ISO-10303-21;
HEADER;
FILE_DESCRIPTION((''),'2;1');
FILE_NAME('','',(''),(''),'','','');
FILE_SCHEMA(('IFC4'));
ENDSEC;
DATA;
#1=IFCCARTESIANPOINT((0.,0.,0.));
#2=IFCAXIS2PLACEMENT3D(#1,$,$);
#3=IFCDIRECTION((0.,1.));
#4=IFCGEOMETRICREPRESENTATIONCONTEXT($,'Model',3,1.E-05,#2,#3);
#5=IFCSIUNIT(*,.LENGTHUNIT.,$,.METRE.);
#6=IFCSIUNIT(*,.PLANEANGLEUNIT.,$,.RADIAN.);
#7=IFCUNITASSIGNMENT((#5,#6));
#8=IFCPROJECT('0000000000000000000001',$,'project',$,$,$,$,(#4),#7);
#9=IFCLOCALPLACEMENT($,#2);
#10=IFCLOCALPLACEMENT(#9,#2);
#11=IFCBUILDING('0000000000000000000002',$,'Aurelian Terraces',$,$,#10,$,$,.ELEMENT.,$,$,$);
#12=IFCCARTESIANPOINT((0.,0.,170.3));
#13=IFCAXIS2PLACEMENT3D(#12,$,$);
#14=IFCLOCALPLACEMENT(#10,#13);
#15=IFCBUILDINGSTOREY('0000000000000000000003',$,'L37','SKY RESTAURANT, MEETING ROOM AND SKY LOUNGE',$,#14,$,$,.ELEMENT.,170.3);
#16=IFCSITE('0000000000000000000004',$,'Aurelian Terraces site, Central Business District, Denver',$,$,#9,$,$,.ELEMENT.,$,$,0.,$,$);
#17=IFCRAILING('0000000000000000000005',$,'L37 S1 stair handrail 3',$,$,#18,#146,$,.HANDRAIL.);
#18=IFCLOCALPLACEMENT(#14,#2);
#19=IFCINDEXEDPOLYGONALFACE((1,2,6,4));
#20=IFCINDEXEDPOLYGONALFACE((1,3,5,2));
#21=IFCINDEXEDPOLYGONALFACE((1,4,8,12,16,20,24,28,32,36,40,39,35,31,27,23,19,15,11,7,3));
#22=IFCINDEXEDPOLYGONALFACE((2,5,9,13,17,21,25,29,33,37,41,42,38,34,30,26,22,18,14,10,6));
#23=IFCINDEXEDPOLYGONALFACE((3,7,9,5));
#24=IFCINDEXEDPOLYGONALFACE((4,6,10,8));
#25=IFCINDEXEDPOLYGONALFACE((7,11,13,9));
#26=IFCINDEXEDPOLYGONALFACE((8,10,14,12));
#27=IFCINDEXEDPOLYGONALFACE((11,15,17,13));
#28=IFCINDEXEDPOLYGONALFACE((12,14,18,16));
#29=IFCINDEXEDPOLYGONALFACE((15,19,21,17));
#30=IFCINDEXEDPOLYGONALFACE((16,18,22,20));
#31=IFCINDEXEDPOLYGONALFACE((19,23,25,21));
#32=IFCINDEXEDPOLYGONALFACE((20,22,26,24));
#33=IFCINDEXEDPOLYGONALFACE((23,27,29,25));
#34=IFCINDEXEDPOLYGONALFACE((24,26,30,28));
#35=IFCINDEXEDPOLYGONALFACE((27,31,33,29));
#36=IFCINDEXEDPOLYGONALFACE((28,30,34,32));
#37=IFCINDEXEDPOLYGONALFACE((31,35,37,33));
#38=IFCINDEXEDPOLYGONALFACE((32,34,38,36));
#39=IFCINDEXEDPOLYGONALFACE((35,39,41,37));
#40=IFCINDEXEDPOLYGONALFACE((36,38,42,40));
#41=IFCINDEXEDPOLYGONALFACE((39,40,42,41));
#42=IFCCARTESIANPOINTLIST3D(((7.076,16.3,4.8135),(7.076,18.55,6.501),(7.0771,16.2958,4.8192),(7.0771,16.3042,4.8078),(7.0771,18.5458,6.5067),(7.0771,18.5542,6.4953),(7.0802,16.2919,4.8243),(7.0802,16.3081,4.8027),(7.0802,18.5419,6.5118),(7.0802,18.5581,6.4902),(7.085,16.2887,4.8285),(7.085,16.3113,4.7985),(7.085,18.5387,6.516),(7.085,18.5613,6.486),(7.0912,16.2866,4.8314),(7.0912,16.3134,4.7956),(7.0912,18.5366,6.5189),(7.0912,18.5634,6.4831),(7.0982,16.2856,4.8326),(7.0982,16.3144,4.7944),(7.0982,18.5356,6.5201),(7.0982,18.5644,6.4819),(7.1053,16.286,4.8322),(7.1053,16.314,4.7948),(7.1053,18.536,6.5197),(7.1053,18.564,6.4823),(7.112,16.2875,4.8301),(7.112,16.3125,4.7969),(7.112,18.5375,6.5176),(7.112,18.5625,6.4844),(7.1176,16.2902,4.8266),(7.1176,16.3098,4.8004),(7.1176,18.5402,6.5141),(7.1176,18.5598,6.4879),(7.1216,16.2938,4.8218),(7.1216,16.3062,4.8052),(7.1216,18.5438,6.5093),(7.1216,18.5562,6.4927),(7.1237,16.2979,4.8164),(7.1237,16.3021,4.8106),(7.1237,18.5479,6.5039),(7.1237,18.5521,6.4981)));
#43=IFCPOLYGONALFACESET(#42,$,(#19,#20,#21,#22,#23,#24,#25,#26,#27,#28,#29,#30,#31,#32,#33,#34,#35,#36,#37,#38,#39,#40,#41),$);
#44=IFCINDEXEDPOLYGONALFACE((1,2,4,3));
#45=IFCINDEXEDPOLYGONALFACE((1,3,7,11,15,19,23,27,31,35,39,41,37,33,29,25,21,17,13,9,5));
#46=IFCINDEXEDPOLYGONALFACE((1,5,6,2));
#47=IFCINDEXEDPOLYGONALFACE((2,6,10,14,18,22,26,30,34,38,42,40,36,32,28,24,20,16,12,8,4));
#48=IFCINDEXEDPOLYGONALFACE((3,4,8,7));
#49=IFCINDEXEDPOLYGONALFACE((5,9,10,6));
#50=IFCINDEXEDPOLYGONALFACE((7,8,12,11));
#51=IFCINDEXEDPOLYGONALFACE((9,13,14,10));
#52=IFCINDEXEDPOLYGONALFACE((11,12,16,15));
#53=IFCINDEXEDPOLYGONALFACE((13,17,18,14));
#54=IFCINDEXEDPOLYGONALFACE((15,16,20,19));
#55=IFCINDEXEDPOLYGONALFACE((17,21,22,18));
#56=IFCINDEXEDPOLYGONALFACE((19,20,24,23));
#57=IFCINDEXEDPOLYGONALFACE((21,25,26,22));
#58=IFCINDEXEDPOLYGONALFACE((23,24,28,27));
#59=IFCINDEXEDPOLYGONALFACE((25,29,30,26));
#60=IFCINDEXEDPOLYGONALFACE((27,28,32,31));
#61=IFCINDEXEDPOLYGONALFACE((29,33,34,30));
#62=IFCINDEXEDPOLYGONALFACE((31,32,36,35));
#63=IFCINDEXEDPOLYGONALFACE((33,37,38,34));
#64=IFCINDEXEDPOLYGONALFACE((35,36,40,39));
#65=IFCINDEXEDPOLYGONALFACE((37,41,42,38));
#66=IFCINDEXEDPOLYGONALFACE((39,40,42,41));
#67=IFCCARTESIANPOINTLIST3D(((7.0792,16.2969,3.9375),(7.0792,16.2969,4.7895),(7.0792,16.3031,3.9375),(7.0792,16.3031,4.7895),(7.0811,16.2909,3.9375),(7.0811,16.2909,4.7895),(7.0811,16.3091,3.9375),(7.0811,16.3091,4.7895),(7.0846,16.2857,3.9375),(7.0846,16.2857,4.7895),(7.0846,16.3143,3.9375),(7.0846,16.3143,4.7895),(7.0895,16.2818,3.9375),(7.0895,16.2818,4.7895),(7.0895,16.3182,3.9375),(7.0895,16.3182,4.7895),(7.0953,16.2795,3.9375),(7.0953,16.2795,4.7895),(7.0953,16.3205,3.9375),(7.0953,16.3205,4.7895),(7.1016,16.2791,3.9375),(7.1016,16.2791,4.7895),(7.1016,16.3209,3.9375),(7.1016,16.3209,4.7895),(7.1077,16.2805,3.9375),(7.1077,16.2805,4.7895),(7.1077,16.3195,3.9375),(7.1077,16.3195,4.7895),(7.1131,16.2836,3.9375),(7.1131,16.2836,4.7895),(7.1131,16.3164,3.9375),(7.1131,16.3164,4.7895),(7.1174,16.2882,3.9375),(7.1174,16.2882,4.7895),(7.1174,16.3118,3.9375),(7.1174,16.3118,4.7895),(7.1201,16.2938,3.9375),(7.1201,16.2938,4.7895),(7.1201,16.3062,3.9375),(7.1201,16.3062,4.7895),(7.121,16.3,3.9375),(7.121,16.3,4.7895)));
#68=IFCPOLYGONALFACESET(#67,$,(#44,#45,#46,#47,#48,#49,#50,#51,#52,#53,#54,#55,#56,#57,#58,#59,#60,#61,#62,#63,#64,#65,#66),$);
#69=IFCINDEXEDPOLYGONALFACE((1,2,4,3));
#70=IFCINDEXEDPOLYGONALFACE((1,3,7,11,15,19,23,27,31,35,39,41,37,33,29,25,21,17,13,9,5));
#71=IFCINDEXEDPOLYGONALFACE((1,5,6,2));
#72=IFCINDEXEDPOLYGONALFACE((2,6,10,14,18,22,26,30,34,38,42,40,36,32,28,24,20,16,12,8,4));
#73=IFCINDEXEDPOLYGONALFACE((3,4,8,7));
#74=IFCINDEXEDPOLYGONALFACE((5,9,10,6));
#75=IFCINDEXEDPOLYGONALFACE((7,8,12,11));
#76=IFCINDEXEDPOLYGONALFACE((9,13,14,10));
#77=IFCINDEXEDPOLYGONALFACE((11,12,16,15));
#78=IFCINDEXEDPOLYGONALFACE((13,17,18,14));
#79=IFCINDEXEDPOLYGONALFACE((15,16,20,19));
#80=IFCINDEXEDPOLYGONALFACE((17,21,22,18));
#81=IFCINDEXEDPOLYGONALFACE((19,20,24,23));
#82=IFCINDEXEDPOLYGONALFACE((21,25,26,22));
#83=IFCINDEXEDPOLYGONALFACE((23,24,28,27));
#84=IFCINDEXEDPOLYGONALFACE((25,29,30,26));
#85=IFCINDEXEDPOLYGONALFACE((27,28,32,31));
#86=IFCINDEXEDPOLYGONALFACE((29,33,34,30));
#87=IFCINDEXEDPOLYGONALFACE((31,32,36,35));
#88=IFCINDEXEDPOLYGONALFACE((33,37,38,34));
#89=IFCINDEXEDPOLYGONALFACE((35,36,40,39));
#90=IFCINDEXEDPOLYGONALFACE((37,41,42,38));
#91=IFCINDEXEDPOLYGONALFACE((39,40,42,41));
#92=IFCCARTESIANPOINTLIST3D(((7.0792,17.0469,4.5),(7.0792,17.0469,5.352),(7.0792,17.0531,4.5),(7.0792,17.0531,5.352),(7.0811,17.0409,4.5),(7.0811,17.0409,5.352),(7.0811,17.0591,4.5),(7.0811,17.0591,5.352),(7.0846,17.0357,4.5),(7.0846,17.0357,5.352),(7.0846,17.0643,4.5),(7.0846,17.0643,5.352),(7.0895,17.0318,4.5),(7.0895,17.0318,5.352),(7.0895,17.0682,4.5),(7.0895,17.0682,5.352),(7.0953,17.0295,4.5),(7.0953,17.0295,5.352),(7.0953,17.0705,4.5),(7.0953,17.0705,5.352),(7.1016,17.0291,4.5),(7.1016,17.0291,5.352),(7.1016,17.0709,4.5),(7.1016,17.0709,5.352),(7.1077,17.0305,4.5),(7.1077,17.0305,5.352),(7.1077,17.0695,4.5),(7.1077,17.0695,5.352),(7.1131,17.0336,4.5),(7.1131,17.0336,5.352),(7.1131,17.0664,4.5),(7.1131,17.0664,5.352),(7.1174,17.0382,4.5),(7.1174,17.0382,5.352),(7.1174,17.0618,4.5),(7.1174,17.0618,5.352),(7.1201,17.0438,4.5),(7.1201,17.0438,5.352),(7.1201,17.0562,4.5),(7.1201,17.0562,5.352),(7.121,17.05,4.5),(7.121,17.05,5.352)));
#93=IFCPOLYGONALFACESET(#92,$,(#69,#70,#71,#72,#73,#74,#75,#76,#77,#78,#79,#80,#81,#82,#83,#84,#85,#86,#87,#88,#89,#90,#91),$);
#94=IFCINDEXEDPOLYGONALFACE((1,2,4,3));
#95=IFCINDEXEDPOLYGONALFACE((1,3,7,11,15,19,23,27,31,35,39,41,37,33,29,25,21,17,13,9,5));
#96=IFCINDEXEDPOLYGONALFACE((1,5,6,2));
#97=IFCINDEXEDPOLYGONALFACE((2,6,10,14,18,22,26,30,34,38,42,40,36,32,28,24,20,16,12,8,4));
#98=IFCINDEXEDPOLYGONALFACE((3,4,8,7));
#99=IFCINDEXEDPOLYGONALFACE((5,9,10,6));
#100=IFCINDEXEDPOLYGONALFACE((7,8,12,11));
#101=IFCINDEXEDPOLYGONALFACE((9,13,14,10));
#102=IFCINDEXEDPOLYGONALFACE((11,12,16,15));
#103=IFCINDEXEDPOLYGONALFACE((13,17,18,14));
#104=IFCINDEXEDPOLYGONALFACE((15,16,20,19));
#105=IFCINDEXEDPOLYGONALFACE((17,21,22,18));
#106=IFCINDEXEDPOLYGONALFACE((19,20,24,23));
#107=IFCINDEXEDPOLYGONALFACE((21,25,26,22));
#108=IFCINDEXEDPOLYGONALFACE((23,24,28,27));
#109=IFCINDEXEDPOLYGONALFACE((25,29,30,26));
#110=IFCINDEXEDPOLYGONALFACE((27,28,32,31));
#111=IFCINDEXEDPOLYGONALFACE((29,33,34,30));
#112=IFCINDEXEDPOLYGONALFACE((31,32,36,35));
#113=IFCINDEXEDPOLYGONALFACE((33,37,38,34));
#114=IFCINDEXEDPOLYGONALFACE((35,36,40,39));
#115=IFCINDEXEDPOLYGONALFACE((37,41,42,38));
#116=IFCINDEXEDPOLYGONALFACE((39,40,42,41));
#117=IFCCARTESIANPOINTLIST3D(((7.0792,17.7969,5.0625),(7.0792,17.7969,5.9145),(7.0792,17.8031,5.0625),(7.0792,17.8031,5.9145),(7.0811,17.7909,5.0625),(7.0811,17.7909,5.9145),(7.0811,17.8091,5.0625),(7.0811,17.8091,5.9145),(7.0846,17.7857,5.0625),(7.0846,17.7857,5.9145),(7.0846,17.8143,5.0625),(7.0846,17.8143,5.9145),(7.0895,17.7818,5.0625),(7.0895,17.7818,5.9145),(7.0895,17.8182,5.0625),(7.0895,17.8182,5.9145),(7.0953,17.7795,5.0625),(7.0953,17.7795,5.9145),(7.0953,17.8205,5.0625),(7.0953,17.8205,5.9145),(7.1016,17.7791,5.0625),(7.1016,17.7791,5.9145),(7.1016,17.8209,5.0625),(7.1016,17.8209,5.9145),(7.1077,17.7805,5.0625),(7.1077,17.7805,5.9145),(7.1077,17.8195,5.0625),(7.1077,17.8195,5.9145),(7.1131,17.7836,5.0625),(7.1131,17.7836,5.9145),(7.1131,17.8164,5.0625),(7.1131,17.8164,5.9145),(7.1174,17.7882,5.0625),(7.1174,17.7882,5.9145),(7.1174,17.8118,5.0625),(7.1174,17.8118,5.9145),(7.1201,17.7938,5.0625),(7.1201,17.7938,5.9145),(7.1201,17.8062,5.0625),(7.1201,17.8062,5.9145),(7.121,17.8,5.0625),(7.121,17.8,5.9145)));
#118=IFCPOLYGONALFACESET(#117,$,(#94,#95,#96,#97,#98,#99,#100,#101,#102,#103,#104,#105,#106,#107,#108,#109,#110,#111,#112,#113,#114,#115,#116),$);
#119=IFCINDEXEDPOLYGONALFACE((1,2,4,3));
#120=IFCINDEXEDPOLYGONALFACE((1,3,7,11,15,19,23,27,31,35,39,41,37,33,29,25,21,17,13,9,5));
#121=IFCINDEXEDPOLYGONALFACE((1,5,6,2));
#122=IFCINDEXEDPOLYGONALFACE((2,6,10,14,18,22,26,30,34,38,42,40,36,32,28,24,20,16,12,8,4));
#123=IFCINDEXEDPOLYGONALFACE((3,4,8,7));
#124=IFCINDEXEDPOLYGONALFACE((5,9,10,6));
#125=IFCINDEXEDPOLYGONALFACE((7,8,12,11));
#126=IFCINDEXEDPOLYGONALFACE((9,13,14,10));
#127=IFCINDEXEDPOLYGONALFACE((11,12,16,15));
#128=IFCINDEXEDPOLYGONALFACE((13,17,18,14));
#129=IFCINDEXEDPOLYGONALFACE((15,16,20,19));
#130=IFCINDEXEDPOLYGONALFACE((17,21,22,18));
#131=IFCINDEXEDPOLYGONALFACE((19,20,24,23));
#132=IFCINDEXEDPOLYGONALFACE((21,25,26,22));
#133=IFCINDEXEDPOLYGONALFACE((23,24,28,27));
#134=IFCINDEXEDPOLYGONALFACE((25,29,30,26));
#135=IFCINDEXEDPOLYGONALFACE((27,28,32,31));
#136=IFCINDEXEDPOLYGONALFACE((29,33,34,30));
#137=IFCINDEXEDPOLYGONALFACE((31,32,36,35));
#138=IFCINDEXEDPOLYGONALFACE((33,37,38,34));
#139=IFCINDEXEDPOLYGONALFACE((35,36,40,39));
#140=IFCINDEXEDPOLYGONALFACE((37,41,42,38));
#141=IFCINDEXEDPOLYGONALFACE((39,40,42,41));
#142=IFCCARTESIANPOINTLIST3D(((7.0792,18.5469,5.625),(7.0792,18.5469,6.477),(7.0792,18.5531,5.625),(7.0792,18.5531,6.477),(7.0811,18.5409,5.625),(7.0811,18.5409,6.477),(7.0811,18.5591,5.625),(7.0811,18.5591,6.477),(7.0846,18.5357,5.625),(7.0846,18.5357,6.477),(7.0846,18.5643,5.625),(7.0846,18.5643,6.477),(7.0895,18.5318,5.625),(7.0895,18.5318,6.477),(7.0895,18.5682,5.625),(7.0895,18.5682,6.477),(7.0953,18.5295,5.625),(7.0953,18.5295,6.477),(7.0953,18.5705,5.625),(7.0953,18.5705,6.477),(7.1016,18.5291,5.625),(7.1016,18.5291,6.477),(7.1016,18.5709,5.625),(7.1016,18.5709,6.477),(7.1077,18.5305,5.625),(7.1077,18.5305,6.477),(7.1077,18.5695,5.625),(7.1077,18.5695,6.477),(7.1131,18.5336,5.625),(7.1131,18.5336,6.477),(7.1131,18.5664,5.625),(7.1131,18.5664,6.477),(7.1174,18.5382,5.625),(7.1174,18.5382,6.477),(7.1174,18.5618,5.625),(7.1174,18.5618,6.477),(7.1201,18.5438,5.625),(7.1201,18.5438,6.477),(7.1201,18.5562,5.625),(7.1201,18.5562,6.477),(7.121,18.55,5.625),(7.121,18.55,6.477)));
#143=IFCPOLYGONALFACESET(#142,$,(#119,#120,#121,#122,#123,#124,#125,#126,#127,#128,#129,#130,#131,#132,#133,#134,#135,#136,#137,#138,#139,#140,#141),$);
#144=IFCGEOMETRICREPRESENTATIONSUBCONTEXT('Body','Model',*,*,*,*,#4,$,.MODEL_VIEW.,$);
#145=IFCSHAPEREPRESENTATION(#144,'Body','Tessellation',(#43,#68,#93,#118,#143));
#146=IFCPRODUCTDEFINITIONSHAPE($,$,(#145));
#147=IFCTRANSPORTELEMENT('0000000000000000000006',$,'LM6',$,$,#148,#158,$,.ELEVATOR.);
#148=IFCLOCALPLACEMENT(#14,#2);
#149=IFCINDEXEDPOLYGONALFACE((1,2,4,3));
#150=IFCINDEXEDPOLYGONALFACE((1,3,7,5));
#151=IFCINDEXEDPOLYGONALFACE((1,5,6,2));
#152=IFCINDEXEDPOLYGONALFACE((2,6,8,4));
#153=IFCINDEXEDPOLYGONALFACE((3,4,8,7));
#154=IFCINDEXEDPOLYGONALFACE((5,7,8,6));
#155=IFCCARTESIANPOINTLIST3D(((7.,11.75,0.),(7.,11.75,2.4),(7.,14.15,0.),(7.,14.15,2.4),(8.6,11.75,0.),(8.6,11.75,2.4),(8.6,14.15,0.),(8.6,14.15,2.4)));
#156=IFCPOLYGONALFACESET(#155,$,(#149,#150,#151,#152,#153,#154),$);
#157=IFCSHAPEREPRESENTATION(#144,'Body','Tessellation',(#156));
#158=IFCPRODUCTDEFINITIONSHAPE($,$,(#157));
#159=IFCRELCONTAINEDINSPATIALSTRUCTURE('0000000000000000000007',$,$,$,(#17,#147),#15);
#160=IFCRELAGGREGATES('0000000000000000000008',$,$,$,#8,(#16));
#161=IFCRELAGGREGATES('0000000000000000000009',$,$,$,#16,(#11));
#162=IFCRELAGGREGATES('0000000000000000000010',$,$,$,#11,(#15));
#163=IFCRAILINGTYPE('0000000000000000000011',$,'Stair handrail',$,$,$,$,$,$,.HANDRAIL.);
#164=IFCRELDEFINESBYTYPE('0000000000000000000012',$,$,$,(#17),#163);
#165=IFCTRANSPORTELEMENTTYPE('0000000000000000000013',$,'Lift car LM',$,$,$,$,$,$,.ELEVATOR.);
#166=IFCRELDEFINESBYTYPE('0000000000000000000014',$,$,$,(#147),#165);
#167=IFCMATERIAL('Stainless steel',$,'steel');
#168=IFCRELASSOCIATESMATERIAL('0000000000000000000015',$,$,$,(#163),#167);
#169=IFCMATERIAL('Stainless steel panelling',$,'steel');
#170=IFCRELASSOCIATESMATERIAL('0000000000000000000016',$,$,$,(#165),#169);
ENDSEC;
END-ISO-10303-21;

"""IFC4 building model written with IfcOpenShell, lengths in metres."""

from ifc_helpers import new_model, si_unit, direction, frame, origin, origin_2d, place, context, subcontext, project, spatial, rectangle, circle, extrude, source, transform, mapped, material, type_object, element, save


model = new_model("IFC4")

# Units and contexts
model_context = context("Model", 3, precision=1e-05, world=origin(), true_north=direction((0.0, 1.0)))
body_context = subcontext(model_context, "Body", "Model", "MODEL_VIEW")
ifc_project = project(units=[si_unit("LENGTHUNIT", "METRE"), si_unit("PLANEANGLEUNIT", "RADIAN")], contexts=[model_context])

# Site, building, storey
site_placement = place(None, origin())
site = spatial("IfcSite", under=ifc_project, at=site_placement, Name="Aurelian Terraces site, Central Business District, Denver", CompositionType="ELEMENT", RefElevation=0.0)
building_placement = place(site_placement, origin())
building = spatial("IfcBuilding", under=site, at=building_placement, Name="Aurelian Terraces", CompositionType="ELEMENT")
storey_placement = place(building_placement, frame((0.0, 0.0, 170.3)))
storey = spatial("IfcBuildingStorey", under=building, at=storey_placement, Name="L37", Description="SKY RESTAURANT, MEETING ROOM AND SKY LOUNGE", CompositionType="ELEMENT", Elevation=170.3)

# Railing
ifc_material_1 = material(Name="Stainless steel", Category="steel")
railing_type_1 = type_object("IfcRailingType", Name="Stair handrail", PredefinedType="HANDRAIL", material=ifc_material_1)
shared_shape_1 = source(origin(), body_context, "Body", "SweptSolid", [
    extrude(circle(Radius=0.024, at=origin_2d()), frame((0.0, 0.0, 0.876), z_axis=(0.0, 0.8, 0.6), x_axis=(-1.0, 0.0, 0.0)), (0.0, 0.0, 1.0), 2.8125),
    extrude(circle(Radius=0.021, at=origin_2d()), origin(), (0.0, 0.0, 1.0), 0.852),
    extrude(circle(Radius=0.021, at=origin_2d()), frame((0.0, 0.75, 0.5625)), (0.0, 0.0, 1.0), 0.852),
    extrude(circle(Radius=0.021, at=origin_2d()), frame((0.0, 1.5, 1.125)), (0.0, 0.0, 1.0), 0.852),
    extrude(circle(Radius=0.021, at=origin_2d()), frame((0.0, 2.25, 1.6875)), (0.0, 0.0, 1.0), 0.852),
])
for number, where, name in (
    (1, (7.1, 16.3, 3.9375), "L37 S1 stair handrail 3"),
):
    element("IfcRailing", number, at=place(storey_placement, frame(where)), inside=storey, type_object=railing_type_1, Name=name, PredefinedType="HANDRAIL", context=body_context, shape_type="MappedRepresentation", body=[
        mapped(shared_shape_1, transform((0.0, 0.0, 0.0), scale=1.0)),
    ])

# Transport element
ifc_material_2 = material(Name="Stainless steel panelling", Category="steel")
transport_element_type = type_object("IfcTransportElementType", Name="Lift car LM", PredefinedType="ELEVATOR", material=ifc_material_2)
shared_shape_2 = source(origin(), body_context, "Body", "SweptSolid", [
    extrude(rectangle(XDim=1.6, YDim=2.4, at=origin_2d()), origin(), (0.0, 0.0, 1.0), 2.4),
])
transport_element_placement = place(storey_placement, frame((7.8, 12.95, 0.0), z_axis=(0.0, 0.0, 1.0), x_axis=(1.0, 0.0, 0.0)))
element("IfcTransportElement", 2, at=transport_element_placement, inside=storey, type_object=transport_element_type, Name="LM6", PredefinedType="ELEVATOR", context=body_context, shape_type="MappedRepresentation", body=[
    mapped(shared_shape_2, transform((0.0, 0.0, 0.0), scale=1.0)),
])

save(model, "model.ifc")
